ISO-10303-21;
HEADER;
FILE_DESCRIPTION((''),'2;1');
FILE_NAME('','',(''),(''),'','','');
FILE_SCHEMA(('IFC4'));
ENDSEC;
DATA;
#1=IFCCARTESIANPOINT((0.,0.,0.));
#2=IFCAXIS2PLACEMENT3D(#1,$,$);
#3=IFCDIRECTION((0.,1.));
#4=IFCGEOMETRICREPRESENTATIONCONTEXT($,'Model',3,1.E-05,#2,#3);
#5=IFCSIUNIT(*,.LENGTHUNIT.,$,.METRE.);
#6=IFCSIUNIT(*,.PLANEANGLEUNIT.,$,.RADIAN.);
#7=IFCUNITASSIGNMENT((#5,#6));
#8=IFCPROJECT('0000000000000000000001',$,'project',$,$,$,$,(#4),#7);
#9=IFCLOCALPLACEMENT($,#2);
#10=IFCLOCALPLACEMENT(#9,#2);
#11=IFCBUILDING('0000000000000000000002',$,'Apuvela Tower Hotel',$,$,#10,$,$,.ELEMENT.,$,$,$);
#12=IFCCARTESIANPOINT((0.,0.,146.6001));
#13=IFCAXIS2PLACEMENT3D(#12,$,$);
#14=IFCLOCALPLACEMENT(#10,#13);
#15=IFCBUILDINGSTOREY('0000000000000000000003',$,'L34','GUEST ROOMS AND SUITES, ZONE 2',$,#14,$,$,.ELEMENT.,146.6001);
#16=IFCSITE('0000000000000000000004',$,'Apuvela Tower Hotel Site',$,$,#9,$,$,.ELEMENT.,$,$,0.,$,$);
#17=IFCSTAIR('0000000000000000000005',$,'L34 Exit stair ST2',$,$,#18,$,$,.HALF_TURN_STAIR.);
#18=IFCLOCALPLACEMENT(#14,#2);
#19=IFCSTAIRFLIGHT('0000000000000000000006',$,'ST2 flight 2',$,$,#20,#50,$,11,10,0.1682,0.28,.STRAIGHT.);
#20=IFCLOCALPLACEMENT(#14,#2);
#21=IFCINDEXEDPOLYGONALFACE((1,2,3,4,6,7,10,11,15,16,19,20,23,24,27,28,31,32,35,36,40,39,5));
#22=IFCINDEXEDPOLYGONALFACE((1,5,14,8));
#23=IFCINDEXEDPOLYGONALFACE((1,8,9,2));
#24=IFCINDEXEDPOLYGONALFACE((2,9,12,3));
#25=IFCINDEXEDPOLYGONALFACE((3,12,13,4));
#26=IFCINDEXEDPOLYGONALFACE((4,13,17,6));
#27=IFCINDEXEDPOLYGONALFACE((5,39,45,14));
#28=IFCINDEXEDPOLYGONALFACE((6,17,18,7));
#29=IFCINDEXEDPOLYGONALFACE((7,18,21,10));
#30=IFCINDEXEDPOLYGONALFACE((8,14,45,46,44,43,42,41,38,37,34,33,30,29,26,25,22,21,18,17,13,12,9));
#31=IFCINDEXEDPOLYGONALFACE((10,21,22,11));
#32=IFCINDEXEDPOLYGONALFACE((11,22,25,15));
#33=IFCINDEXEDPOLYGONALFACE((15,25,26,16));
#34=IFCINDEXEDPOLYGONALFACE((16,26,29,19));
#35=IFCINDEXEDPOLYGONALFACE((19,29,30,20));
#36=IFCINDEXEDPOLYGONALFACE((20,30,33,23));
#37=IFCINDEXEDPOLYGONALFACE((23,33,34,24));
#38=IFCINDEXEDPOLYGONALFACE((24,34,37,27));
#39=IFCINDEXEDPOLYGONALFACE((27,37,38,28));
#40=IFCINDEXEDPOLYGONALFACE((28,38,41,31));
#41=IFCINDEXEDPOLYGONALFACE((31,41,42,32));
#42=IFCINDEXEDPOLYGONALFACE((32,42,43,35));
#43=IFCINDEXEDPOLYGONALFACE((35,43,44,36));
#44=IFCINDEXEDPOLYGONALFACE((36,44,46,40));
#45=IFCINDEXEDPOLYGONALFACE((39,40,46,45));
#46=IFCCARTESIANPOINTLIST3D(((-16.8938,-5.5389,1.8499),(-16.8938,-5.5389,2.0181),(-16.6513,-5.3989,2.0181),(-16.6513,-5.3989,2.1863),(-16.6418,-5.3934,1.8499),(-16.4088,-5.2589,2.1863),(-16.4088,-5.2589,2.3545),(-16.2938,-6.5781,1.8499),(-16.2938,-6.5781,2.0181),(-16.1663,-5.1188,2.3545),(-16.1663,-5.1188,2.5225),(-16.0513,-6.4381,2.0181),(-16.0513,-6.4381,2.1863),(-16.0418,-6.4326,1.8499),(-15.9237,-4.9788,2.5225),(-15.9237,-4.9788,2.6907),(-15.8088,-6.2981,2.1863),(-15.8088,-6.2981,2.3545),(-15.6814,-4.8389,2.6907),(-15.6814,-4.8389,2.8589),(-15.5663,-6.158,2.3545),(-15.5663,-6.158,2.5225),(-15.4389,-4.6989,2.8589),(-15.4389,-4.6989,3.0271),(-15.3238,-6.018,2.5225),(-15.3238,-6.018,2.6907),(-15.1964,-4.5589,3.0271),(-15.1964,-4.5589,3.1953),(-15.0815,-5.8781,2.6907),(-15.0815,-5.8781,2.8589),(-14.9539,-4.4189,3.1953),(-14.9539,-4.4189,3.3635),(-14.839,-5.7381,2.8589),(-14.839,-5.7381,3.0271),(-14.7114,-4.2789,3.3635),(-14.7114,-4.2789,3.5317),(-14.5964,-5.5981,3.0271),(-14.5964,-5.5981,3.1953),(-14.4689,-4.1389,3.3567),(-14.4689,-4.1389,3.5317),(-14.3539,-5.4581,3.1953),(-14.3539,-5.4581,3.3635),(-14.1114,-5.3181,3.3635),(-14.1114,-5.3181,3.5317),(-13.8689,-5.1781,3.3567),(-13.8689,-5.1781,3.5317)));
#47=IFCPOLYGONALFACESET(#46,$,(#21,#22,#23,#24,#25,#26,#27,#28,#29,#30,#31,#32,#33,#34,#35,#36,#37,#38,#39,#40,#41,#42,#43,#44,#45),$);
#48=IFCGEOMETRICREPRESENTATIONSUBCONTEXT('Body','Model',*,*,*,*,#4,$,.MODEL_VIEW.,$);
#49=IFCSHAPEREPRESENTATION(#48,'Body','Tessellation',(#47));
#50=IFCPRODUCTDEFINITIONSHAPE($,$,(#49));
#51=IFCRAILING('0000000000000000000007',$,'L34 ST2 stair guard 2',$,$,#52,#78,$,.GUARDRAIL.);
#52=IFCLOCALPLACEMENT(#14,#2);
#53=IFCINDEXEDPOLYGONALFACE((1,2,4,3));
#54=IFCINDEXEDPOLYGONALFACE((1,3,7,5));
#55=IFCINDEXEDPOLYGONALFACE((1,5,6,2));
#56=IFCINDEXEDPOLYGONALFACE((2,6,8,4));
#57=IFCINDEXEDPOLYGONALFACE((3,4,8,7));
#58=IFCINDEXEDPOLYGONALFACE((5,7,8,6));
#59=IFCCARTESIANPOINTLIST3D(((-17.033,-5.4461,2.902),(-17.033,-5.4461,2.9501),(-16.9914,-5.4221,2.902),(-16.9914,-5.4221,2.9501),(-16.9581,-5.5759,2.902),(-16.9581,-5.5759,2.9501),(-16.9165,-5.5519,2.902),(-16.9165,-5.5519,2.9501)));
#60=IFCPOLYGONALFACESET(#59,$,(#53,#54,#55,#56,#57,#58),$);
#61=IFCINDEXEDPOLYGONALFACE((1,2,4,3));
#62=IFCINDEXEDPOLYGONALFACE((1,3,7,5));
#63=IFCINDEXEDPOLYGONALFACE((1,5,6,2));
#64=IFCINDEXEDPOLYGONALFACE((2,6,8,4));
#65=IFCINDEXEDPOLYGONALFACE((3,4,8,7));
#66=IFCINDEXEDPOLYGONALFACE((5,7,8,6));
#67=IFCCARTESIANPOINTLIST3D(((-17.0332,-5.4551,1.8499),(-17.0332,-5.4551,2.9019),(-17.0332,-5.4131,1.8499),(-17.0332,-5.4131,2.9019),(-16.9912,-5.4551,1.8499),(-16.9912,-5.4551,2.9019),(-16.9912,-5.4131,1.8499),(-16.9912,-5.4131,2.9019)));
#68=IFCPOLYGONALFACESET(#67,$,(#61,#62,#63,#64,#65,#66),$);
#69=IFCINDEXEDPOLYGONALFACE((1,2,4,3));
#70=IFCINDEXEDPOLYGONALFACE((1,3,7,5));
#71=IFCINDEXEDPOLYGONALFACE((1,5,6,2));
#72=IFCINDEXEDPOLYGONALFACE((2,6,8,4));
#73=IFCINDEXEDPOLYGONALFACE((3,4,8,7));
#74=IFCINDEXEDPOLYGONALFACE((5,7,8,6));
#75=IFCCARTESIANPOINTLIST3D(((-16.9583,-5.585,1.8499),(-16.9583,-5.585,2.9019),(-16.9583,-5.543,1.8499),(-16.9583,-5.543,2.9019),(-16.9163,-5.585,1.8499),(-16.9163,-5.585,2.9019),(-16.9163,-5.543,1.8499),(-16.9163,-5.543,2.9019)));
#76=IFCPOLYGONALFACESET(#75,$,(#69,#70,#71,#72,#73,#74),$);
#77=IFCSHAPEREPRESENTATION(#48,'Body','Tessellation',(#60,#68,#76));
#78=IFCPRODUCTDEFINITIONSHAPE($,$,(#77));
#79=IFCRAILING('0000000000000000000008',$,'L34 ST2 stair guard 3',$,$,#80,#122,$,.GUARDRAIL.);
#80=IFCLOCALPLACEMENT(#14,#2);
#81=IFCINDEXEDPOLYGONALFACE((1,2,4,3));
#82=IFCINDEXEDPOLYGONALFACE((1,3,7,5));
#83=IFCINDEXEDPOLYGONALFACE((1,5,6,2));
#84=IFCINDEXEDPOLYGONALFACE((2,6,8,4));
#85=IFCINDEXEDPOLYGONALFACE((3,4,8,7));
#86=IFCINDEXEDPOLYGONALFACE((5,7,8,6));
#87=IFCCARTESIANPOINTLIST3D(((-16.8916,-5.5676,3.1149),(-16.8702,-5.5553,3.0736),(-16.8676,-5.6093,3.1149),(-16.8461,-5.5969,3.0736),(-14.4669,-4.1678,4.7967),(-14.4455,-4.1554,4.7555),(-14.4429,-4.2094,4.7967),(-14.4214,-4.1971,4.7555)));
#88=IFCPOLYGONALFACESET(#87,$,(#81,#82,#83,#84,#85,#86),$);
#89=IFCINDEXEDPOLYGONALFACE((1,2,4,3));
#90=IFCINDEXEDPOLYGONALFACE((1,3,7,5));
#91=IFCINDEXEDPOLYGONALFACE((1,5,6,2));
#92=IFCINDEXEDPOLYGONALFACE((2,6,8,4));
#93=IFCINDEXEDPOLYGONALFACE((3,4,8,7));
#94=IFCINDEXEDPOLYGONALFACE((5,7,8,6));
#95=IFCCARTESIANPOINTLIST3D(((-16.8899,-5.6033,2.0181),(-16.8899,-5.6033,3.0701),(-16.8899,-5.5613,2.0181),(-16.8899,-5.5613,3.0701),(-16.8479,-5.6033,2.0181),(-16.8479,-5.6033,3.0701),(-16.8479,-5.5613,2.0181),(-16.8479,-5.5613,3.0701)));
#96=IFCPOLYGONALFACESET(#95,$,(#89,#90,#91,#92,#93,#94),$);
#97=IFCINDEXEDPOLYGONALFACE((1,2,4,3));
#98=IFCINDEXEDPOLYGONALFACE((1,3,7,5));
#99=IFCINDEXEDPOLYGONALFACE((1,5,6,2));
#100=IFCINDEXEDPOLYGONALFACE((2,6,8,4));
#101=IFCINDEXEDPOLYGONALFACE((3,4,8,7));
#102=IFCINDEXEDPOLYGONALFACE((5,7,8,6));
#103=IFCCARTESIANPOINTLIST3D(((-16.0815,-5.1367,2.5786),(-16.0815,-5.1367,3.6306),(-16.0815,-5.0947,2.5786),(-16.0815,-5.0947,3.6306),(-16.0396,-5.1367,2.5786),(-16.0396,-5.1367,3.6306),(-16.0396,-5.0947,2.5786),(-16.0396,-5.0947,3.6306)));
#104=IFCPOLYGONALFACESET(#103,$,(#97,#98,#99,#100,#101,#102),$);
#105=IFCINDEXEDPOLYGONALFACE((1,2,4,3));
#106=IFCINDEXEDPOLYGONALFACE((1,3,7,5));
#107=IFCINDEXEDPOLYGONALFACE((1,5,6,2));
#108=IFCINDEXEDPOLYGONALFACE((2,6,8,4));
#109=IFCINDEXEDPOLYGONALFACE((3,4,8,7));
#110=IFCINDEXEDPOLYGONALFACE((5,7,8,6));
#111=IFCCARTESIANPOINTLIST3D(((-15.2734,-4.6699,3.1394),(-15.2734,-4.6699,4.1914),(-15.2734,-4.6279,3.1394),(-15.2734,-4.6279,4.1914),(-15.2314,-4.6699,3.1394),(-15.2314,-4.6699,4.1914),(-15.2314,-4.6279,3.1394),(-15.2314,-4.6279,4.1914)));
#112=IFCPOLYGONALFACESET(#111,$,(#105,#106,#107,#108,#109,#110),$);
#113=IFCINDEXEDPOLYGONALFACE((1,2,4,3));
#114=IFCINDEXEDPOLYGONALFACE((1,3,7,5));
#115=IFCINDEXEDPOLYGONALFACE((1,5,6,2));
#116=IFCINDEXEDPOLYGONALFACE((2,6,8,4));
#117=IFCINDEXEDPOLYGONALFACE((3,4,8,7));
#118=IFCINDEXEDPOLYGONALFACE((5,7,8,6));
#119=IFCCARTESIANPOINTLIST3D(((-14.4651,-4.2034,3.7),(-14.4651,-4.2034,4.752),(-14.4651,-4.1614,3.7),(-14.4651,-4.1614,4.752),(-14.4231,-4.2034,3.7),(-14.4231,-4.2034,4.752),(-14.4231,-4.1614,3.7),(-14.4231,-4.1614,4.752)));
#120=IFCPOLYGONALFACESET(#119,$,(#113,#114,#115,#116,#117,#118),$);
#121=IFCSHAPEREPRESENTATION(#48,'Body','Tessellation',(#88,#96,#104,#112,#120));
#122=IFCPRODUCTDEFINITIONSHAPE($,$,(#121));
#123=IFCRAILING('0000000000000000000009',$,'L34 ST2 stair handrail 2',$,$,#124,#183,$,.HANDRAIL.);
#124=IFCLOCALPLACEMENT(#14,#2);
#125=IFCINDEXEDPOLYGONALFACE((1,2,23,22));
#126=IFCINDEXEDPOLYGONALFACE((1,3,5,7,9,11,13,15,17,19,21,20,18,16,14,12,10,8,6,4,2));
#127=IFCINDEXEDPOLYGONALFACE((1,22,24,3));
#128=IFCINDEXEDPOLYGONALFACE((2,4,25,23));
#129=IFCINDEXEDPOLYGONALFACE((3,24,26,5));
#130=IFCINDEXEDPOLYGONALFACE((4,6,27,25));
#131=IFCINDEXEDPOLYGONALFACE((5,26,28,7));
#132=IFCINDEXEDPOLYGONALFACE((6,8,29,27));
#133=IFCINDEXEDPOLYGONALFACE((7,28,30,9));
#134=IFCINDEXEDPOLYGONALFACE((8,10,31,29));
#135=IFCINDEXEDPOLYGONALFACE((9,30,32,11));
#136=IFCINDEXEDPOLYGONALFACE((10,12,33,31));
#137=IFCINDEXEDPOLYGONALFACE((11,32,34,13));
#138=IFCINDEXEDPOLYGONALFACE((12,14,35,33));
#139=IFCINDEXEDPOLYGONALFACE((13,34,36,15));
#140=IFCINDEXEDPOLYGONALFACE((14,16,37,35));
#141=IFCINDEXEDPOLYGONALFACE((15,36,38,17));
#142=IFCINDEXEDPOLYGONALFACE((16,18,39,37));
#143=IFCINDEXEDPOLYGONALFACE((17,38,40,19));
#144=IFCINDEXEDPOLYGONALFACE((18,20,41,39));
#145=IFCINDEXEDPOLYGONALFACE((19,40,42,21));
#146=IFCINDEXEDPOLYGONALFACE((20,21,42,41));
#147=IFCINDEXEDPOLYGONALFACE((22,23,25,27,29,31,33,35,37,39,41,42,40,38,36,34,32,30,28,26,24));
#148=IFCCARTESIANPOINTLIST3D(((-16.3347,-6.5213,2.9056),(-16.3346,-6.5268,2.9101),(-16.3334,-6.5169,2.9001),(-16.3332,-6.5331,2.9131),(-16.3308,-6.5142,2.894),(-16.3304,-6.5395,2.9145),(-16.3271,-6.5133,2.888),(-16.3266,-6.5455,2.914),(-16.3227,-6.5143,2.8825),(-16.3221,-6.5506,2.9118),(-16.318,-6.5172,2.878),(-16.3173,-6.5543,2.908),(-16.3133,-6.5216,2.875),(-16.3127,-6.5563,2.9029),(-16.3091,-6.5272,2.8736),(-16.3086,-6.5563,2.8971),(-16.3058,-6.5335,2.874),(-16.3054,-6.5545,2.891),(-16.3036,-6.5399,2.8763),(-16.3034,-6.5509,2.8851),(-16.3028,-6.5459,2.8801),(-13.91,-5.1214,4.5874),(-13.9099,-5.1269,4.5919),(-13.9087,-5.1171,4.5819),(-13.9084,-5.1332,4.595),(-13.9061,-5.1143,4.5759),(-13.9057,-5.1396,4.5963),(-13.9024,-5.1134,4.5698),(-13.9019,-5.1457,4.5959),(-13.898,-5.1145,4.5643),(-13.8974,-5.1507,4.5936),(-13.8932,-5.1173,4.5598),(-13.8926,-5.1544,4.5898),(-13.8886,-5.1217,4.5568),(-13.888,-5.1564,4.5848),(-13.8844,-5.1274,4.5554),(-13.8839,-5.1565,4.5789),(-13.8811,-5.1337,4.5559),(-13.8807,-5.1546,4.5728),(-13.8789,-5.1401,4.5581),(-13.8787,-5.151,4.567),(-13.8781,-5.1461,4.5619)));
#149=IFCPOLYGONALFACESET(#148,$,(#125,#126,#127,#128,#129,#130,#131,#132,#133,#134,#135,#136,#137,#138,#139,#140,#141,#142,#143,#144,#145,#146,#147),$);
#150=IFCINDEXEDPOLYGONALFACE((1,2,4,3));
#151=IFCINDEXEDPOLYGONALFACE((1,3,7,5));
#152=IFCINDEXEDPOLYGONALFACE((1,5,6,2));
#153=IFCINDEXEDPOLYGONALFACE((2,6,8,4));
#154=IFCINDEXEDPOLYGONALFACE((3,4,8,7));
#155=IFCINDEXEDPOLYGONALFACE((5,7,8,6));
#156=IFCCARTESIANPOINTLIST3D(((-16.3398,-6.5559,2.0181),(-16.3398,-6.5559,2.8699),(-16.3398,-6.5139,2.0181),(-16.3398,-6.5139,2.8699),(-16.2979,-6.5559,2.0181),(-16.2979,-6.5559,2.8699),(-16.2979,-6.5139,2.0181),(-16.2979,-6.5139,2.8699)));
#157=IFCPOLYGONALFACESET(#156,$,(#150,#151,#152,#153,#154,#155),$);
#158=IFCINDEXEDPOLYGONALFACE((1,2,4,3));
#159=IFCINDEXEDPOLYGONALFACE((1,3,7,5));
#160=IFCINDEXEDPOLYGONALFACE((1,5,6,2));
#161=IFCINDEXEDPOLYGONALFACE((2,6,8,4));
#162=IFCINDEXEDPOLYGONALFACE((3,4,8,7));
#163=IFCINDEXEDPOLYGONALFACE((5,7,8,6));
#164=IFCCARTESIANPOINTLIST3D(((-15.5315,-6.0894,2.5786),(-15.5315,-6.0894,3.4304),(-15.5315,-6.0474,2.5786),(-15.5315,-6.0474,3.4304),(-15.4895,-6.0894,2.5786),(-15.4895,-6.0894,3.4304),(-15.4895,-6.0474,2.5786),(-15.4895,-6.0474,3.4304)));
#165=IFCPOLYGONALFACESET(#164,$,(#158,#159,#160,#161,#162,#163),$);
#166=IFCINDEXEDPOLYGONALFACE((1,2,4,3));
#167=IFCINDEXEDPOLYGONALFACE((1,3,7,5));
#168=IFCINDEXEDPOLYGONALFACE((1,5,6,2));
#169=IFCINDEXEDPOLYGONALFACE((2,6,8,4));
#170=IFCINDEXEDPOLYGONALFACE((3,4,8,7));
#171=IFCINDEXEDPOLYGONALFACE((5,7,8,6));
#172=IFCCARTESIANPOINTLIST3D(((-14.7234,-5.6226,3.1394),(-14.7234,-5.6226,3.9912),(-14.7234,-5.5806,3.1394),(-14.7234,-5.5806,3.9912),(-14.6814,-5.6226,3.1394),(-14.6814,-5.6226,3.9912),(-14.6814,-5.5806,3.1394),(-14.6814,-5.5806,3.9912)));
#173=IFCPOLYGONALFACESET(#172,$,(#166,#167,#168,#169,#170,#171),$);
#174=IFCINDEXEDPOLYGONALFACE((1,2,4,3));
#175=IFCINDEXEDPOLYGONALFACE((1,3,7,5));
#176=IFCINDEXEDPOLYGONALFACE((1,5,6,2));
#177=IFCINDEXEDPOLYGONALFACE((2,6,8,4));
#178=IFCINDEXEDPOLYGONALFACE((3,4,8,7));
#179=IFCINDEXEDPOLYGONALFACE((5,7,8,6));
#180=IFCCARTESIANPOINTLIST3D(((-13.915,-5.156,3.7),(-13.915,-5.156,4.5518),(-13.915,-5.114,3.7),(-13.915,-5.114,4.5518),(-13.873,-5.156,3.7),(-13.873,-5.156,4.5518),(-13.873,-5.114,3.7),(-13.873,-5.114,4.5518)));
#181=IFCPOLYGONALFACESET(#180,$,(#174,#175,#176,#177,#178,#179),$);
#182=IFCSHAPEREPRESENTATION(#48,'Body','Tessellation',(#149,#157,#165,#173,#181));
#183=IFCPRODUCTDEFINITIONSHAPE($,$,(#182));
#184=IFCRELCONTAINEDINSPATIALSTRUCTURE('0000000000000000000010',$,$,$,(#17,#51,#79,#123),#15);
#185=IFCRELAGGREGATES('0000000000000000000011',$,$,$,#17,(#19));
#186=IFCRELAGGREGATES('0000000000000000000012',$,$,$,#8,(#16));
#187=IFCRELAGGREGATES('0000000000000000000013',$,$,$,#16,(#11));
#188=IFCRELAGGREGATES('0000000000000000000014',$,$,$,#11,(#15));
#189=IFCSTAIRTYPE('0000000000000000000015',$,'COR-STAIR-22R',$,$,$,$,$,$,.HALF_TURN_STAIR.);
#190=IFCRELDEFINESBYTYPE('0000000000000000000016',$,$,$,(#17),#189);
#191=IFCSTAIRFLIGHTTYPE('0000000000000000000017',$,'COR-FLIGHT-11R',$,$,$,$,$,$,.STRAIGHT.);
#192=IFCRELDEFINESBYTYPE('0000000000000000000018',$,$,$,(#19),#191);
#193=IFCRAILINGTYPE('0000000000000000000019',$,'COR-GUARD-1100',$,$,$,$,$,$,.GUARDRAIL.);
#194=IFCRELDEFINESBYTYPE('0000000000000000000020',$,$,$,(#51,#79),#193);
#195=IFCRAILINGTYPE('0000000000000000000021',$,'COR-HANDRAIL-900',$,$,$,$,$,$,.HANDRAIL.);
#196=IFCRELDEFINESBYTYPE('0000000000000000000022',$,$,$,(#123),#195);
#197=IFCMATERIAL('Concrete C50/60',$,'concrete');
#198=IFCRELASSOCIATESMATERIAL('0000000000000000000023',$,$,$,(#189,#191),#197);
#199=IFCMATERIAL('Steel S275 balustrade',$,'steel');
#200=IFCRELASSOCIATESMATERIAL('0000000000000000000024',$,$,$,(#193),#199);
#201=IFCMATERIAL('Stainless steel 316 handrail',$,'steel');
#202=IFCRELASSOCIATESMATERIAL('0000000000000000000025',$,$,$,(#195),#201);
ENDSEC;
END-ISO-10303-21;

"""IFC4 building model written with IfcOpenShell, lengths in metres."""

from ifc_helpers import new_model, si_unit, direction, frame, origin, origin_2d, place, context, subcontext, project, spatial, polyline, rectangle, circle, outline, extrude, material, type_object, element, aggregate, save


model = new_model("IFC4")

# Units and contexts
model_context = context("Model", 3, precision=1e-05, world=origin(), true_north=direction((0.0, 1.0)))
body_context = subcontext(model_context, "Body", "Model", "MODEL_VIEW")
ifc_project = project(units=[si_unit("LENGTHUNIT", "METRE"), si_unit("PLANEANGLEUNIT", "RADIAN")], contexts=[model_context])

# Site, building, storey
site_placement = place(None, origin())
site = spatial("IfcSite", under=ifc_project, at=site_placement, Name="Apuvela Tower Hotel Site", CompositionType="ELEMENT", RefElevation=0.0)
building_placement = place(site_placement, origin())
building = spatial("IfcBuilding", under=site, at=building_placement, Name="Apuvela Tower Hotel", CompositionType="ELEMENT")
storey_placement = place(building_placement, frame((0.0, 0.0, 146.6001)))
storey = spatial("IfcBuildingStorey", under=building, at=storey_placement, Name="L34", Description="GUEST ROOMS AND SUITES, ZONE 2", CompositionType="ELEMENT", Elevation=146.6001)

# Shared definitions
ifc_material_1 = material(Name="Concrete C50/60", Category="concrete")

# Stair, stair flight
stair_type = type_object("IfcStairType", Name="COR-STAIR-22R", PredefinedType="HALF_TURN_STAIR", material=ifc_material_1)
stair_placement = place(storey_placement, origin())
stair = element("IfcStair", 1, at=stair_placement, inside=storey, type_object=stair_type, Name="L34 Exit stair ST2", PredefinedType="HALF_TURN_STAIR")
stair_flight_type = type_object("IfcStairFlightType", Name="COR-FLIGHT-11R", PredefinedType="STRAIGHT", material=ifc_material_1)
stair_flight_placement = place(storey_placement, frame((-16.5938, -6.0586, 1.8499), z_axis=(0.0, 0.0, 1.0), x_axis=(0.866025, 0.5, 0.0)))
stair_flight = element("IfcStairFlight", 2, at=stair_flight_placement, type_object=stair_flight_type, Name="ST2 flight 2", NumberOfRisers=11, NumberOfTreads=10, PredefinedType="STRAIGHT", RiserHeight=0.1682, TreadLength=0.28, context=body_context, shape_type="SweptSolid", body=[
    extrude(outline(polyline([(0.0, 0.0), (0.0, 0.1682), (0.28, 0.1682), (0.28, 0.3364), (0.5601, 0.3364), (0.5601, 0.5046), (0.8401, 0.5046), (0.8401, 0.6726), (1.1201, 0.6726), (1.1201, 0.8408), (1.3999, 0.8408), (1.3999, 1.009), (1.6799, 1.009), (1.6799, 1.1772), (1.96, 1.1772), (1.96, 1.3455), (2.24, 1.3455), (2.24, 1.5137), (2.52, 1.5137), (2.52, 1.6819), (2.8, 1.6819), (2.8, 1.8501), (2.8, 1.5068), (0.291, 0.0), (0.0, 0.0)])), frame((0.0, 0.6001, 0.0), z_axis=(0.0, -1.0, 0.0), x_axis=(1.0, 0.0, 0.0)), (0.0, 0.0, 1.0), 1.2),
])
aggregate(stair, [stair_flight])

# Railings
ifc_material_2 = material(Name="Steel S275 balustrade", Category="steel")
railing_type_1 = type_object("IfcRailingType", Name="COR-GUARD-1100", PredefinedType="GUARDRAIL", material=ifc_material_2)
railing_1_placement = place(storey_placement, frame((-17.0122, -5.4341, 1.8499)))
element("IfcRailing", 3, at=railing_1_placement, inside=storey, type_object=railing_type_1, Name="L34 ST2 stair guard 2", PredefinedType="GUARDRAIL", context=body_context, shape_type="SweptSolid", body=[
    extrude(rectangle(XDim=0.0481, YDim=0.0481, at=origin_2d()), frame((0.0, 0.0, 1.0762), z_axis=(0.499816, -0.866131, 0.0), x_axis=(0.866131, 0.499816, 0.0)), (0.0, 0.0, 1.0), 0.1499),
    extrude(rectangle(XDim=0.042, YDim=0.042, at=origin_2d()), origin(), (0.0, 0.0, 1.0), 1.052),
    extrude(rectangle(XDim=0.042, YDim=0.042, at=origin_2d()), frame((0.075, -0.1299, 0.0)), (0.0, 0.0, 1.0), 1.052),
])
railing_2_placement = place(storey_placement, frame((-16.8689, -5.5823, 2.0181)))
element("IfcRailing", 4, at=railing_2_placement, inside=storey, type_object=railing_type_1, Name="L34 ST2 stair guard 3", PredefinedType="GUARDRAIL", context=body_context, shape_type="SweptSolid", body=[
    extrude(rectangle(XDim=0.0481, YDim=0.0481, at=origin_2d()), frame((0.0, 0.0, 1.0762), z_axis=(0.74239, 0.428601, 0.514934), x_axis=(-0.499984, 0.866035, 0.0)), (0.0, 0.0, 1.0), 3.2661),
    extrude(rectangle(XDim=0.042, YDim=0.042, at=origin_2d()), origin(), (0.0, 0.0, 1.0), 1.052),
    extrude(rectangle(XDim=0.042, YDim=0.042, at=origin_2d()), frame((0.8083, 0.4666, 0.5605)), (0.0, 0.0, 1.0), 1.052),
    extrude(rectangle(XDim=0.042, YDim=0.042, at=origin_2d()), frame((1.6165, 0.9333, 1.1213)), (0.0, 0.0, 1.0), 1.052),
    extrude(rectangle(XDim=0.042, YDim=0.042, at=origin_2d()), frame((2.4248, 1.3999, 1.6819)), (0.0, 0.0, 1.0), 1.052),
])
ifc_material_3 = material(Name="Stainless steel 316 handrail", Category="steel")
railing_type_2 = type_object("IfcRailingType", Name="COR-HANDRAIL-900", PredefinedType="HANDRAIL", material=ifc_material_3)
railing_3_placement = place(storey_placement, frame((-16.3188, -6.5349, 2.0181)))
element("IfcRailing", 5, at=railing_3_placement, inside=storey, type_object=railing_type_2, Name="L34 ST2 stair handrail 2", PredefinedType="HANDRAIL", context=body_context, shape_type="SweptSolid", body=[
    extrude(circle(Radius=0.0239, at=origin_2d()), frame((0.0, 0.0, 0.876), z_axis=(0.74239, 0.428601, 0.514934), x_axis=(-0.499984, 0.866035, 0.0)), (0.0, 0.0, 1.0), 3.2661),
    extrude(rectangle(XDim=0.042, YDim=0.042, at=origin_2d()), origin(), (0.0, 0.0, 1.0), 0.8518),
    extrude(rectangle(XDim=0.042, YDim=0.042, at=origin_2d()), frame((0.8083, 0.4666, 0.5605)), (0.0, 0.0, 1.0), 0.8518),
    extrude(rectangle(XDim=0.042, YDim=0.042, at=origin_2d()), frame((1.6165, 0.9333, 1.1213)), (0.0, 0.0, 1.0), 0.8518),
    extrude(rectangle(XDim=0.042, YDim=0.042, at=origin_2d()), frame((2.4248, 1.3999, 1.6819)), (0.0, 0.0, 1.0), 0.8518),
])

save(model, "model.ifc")
